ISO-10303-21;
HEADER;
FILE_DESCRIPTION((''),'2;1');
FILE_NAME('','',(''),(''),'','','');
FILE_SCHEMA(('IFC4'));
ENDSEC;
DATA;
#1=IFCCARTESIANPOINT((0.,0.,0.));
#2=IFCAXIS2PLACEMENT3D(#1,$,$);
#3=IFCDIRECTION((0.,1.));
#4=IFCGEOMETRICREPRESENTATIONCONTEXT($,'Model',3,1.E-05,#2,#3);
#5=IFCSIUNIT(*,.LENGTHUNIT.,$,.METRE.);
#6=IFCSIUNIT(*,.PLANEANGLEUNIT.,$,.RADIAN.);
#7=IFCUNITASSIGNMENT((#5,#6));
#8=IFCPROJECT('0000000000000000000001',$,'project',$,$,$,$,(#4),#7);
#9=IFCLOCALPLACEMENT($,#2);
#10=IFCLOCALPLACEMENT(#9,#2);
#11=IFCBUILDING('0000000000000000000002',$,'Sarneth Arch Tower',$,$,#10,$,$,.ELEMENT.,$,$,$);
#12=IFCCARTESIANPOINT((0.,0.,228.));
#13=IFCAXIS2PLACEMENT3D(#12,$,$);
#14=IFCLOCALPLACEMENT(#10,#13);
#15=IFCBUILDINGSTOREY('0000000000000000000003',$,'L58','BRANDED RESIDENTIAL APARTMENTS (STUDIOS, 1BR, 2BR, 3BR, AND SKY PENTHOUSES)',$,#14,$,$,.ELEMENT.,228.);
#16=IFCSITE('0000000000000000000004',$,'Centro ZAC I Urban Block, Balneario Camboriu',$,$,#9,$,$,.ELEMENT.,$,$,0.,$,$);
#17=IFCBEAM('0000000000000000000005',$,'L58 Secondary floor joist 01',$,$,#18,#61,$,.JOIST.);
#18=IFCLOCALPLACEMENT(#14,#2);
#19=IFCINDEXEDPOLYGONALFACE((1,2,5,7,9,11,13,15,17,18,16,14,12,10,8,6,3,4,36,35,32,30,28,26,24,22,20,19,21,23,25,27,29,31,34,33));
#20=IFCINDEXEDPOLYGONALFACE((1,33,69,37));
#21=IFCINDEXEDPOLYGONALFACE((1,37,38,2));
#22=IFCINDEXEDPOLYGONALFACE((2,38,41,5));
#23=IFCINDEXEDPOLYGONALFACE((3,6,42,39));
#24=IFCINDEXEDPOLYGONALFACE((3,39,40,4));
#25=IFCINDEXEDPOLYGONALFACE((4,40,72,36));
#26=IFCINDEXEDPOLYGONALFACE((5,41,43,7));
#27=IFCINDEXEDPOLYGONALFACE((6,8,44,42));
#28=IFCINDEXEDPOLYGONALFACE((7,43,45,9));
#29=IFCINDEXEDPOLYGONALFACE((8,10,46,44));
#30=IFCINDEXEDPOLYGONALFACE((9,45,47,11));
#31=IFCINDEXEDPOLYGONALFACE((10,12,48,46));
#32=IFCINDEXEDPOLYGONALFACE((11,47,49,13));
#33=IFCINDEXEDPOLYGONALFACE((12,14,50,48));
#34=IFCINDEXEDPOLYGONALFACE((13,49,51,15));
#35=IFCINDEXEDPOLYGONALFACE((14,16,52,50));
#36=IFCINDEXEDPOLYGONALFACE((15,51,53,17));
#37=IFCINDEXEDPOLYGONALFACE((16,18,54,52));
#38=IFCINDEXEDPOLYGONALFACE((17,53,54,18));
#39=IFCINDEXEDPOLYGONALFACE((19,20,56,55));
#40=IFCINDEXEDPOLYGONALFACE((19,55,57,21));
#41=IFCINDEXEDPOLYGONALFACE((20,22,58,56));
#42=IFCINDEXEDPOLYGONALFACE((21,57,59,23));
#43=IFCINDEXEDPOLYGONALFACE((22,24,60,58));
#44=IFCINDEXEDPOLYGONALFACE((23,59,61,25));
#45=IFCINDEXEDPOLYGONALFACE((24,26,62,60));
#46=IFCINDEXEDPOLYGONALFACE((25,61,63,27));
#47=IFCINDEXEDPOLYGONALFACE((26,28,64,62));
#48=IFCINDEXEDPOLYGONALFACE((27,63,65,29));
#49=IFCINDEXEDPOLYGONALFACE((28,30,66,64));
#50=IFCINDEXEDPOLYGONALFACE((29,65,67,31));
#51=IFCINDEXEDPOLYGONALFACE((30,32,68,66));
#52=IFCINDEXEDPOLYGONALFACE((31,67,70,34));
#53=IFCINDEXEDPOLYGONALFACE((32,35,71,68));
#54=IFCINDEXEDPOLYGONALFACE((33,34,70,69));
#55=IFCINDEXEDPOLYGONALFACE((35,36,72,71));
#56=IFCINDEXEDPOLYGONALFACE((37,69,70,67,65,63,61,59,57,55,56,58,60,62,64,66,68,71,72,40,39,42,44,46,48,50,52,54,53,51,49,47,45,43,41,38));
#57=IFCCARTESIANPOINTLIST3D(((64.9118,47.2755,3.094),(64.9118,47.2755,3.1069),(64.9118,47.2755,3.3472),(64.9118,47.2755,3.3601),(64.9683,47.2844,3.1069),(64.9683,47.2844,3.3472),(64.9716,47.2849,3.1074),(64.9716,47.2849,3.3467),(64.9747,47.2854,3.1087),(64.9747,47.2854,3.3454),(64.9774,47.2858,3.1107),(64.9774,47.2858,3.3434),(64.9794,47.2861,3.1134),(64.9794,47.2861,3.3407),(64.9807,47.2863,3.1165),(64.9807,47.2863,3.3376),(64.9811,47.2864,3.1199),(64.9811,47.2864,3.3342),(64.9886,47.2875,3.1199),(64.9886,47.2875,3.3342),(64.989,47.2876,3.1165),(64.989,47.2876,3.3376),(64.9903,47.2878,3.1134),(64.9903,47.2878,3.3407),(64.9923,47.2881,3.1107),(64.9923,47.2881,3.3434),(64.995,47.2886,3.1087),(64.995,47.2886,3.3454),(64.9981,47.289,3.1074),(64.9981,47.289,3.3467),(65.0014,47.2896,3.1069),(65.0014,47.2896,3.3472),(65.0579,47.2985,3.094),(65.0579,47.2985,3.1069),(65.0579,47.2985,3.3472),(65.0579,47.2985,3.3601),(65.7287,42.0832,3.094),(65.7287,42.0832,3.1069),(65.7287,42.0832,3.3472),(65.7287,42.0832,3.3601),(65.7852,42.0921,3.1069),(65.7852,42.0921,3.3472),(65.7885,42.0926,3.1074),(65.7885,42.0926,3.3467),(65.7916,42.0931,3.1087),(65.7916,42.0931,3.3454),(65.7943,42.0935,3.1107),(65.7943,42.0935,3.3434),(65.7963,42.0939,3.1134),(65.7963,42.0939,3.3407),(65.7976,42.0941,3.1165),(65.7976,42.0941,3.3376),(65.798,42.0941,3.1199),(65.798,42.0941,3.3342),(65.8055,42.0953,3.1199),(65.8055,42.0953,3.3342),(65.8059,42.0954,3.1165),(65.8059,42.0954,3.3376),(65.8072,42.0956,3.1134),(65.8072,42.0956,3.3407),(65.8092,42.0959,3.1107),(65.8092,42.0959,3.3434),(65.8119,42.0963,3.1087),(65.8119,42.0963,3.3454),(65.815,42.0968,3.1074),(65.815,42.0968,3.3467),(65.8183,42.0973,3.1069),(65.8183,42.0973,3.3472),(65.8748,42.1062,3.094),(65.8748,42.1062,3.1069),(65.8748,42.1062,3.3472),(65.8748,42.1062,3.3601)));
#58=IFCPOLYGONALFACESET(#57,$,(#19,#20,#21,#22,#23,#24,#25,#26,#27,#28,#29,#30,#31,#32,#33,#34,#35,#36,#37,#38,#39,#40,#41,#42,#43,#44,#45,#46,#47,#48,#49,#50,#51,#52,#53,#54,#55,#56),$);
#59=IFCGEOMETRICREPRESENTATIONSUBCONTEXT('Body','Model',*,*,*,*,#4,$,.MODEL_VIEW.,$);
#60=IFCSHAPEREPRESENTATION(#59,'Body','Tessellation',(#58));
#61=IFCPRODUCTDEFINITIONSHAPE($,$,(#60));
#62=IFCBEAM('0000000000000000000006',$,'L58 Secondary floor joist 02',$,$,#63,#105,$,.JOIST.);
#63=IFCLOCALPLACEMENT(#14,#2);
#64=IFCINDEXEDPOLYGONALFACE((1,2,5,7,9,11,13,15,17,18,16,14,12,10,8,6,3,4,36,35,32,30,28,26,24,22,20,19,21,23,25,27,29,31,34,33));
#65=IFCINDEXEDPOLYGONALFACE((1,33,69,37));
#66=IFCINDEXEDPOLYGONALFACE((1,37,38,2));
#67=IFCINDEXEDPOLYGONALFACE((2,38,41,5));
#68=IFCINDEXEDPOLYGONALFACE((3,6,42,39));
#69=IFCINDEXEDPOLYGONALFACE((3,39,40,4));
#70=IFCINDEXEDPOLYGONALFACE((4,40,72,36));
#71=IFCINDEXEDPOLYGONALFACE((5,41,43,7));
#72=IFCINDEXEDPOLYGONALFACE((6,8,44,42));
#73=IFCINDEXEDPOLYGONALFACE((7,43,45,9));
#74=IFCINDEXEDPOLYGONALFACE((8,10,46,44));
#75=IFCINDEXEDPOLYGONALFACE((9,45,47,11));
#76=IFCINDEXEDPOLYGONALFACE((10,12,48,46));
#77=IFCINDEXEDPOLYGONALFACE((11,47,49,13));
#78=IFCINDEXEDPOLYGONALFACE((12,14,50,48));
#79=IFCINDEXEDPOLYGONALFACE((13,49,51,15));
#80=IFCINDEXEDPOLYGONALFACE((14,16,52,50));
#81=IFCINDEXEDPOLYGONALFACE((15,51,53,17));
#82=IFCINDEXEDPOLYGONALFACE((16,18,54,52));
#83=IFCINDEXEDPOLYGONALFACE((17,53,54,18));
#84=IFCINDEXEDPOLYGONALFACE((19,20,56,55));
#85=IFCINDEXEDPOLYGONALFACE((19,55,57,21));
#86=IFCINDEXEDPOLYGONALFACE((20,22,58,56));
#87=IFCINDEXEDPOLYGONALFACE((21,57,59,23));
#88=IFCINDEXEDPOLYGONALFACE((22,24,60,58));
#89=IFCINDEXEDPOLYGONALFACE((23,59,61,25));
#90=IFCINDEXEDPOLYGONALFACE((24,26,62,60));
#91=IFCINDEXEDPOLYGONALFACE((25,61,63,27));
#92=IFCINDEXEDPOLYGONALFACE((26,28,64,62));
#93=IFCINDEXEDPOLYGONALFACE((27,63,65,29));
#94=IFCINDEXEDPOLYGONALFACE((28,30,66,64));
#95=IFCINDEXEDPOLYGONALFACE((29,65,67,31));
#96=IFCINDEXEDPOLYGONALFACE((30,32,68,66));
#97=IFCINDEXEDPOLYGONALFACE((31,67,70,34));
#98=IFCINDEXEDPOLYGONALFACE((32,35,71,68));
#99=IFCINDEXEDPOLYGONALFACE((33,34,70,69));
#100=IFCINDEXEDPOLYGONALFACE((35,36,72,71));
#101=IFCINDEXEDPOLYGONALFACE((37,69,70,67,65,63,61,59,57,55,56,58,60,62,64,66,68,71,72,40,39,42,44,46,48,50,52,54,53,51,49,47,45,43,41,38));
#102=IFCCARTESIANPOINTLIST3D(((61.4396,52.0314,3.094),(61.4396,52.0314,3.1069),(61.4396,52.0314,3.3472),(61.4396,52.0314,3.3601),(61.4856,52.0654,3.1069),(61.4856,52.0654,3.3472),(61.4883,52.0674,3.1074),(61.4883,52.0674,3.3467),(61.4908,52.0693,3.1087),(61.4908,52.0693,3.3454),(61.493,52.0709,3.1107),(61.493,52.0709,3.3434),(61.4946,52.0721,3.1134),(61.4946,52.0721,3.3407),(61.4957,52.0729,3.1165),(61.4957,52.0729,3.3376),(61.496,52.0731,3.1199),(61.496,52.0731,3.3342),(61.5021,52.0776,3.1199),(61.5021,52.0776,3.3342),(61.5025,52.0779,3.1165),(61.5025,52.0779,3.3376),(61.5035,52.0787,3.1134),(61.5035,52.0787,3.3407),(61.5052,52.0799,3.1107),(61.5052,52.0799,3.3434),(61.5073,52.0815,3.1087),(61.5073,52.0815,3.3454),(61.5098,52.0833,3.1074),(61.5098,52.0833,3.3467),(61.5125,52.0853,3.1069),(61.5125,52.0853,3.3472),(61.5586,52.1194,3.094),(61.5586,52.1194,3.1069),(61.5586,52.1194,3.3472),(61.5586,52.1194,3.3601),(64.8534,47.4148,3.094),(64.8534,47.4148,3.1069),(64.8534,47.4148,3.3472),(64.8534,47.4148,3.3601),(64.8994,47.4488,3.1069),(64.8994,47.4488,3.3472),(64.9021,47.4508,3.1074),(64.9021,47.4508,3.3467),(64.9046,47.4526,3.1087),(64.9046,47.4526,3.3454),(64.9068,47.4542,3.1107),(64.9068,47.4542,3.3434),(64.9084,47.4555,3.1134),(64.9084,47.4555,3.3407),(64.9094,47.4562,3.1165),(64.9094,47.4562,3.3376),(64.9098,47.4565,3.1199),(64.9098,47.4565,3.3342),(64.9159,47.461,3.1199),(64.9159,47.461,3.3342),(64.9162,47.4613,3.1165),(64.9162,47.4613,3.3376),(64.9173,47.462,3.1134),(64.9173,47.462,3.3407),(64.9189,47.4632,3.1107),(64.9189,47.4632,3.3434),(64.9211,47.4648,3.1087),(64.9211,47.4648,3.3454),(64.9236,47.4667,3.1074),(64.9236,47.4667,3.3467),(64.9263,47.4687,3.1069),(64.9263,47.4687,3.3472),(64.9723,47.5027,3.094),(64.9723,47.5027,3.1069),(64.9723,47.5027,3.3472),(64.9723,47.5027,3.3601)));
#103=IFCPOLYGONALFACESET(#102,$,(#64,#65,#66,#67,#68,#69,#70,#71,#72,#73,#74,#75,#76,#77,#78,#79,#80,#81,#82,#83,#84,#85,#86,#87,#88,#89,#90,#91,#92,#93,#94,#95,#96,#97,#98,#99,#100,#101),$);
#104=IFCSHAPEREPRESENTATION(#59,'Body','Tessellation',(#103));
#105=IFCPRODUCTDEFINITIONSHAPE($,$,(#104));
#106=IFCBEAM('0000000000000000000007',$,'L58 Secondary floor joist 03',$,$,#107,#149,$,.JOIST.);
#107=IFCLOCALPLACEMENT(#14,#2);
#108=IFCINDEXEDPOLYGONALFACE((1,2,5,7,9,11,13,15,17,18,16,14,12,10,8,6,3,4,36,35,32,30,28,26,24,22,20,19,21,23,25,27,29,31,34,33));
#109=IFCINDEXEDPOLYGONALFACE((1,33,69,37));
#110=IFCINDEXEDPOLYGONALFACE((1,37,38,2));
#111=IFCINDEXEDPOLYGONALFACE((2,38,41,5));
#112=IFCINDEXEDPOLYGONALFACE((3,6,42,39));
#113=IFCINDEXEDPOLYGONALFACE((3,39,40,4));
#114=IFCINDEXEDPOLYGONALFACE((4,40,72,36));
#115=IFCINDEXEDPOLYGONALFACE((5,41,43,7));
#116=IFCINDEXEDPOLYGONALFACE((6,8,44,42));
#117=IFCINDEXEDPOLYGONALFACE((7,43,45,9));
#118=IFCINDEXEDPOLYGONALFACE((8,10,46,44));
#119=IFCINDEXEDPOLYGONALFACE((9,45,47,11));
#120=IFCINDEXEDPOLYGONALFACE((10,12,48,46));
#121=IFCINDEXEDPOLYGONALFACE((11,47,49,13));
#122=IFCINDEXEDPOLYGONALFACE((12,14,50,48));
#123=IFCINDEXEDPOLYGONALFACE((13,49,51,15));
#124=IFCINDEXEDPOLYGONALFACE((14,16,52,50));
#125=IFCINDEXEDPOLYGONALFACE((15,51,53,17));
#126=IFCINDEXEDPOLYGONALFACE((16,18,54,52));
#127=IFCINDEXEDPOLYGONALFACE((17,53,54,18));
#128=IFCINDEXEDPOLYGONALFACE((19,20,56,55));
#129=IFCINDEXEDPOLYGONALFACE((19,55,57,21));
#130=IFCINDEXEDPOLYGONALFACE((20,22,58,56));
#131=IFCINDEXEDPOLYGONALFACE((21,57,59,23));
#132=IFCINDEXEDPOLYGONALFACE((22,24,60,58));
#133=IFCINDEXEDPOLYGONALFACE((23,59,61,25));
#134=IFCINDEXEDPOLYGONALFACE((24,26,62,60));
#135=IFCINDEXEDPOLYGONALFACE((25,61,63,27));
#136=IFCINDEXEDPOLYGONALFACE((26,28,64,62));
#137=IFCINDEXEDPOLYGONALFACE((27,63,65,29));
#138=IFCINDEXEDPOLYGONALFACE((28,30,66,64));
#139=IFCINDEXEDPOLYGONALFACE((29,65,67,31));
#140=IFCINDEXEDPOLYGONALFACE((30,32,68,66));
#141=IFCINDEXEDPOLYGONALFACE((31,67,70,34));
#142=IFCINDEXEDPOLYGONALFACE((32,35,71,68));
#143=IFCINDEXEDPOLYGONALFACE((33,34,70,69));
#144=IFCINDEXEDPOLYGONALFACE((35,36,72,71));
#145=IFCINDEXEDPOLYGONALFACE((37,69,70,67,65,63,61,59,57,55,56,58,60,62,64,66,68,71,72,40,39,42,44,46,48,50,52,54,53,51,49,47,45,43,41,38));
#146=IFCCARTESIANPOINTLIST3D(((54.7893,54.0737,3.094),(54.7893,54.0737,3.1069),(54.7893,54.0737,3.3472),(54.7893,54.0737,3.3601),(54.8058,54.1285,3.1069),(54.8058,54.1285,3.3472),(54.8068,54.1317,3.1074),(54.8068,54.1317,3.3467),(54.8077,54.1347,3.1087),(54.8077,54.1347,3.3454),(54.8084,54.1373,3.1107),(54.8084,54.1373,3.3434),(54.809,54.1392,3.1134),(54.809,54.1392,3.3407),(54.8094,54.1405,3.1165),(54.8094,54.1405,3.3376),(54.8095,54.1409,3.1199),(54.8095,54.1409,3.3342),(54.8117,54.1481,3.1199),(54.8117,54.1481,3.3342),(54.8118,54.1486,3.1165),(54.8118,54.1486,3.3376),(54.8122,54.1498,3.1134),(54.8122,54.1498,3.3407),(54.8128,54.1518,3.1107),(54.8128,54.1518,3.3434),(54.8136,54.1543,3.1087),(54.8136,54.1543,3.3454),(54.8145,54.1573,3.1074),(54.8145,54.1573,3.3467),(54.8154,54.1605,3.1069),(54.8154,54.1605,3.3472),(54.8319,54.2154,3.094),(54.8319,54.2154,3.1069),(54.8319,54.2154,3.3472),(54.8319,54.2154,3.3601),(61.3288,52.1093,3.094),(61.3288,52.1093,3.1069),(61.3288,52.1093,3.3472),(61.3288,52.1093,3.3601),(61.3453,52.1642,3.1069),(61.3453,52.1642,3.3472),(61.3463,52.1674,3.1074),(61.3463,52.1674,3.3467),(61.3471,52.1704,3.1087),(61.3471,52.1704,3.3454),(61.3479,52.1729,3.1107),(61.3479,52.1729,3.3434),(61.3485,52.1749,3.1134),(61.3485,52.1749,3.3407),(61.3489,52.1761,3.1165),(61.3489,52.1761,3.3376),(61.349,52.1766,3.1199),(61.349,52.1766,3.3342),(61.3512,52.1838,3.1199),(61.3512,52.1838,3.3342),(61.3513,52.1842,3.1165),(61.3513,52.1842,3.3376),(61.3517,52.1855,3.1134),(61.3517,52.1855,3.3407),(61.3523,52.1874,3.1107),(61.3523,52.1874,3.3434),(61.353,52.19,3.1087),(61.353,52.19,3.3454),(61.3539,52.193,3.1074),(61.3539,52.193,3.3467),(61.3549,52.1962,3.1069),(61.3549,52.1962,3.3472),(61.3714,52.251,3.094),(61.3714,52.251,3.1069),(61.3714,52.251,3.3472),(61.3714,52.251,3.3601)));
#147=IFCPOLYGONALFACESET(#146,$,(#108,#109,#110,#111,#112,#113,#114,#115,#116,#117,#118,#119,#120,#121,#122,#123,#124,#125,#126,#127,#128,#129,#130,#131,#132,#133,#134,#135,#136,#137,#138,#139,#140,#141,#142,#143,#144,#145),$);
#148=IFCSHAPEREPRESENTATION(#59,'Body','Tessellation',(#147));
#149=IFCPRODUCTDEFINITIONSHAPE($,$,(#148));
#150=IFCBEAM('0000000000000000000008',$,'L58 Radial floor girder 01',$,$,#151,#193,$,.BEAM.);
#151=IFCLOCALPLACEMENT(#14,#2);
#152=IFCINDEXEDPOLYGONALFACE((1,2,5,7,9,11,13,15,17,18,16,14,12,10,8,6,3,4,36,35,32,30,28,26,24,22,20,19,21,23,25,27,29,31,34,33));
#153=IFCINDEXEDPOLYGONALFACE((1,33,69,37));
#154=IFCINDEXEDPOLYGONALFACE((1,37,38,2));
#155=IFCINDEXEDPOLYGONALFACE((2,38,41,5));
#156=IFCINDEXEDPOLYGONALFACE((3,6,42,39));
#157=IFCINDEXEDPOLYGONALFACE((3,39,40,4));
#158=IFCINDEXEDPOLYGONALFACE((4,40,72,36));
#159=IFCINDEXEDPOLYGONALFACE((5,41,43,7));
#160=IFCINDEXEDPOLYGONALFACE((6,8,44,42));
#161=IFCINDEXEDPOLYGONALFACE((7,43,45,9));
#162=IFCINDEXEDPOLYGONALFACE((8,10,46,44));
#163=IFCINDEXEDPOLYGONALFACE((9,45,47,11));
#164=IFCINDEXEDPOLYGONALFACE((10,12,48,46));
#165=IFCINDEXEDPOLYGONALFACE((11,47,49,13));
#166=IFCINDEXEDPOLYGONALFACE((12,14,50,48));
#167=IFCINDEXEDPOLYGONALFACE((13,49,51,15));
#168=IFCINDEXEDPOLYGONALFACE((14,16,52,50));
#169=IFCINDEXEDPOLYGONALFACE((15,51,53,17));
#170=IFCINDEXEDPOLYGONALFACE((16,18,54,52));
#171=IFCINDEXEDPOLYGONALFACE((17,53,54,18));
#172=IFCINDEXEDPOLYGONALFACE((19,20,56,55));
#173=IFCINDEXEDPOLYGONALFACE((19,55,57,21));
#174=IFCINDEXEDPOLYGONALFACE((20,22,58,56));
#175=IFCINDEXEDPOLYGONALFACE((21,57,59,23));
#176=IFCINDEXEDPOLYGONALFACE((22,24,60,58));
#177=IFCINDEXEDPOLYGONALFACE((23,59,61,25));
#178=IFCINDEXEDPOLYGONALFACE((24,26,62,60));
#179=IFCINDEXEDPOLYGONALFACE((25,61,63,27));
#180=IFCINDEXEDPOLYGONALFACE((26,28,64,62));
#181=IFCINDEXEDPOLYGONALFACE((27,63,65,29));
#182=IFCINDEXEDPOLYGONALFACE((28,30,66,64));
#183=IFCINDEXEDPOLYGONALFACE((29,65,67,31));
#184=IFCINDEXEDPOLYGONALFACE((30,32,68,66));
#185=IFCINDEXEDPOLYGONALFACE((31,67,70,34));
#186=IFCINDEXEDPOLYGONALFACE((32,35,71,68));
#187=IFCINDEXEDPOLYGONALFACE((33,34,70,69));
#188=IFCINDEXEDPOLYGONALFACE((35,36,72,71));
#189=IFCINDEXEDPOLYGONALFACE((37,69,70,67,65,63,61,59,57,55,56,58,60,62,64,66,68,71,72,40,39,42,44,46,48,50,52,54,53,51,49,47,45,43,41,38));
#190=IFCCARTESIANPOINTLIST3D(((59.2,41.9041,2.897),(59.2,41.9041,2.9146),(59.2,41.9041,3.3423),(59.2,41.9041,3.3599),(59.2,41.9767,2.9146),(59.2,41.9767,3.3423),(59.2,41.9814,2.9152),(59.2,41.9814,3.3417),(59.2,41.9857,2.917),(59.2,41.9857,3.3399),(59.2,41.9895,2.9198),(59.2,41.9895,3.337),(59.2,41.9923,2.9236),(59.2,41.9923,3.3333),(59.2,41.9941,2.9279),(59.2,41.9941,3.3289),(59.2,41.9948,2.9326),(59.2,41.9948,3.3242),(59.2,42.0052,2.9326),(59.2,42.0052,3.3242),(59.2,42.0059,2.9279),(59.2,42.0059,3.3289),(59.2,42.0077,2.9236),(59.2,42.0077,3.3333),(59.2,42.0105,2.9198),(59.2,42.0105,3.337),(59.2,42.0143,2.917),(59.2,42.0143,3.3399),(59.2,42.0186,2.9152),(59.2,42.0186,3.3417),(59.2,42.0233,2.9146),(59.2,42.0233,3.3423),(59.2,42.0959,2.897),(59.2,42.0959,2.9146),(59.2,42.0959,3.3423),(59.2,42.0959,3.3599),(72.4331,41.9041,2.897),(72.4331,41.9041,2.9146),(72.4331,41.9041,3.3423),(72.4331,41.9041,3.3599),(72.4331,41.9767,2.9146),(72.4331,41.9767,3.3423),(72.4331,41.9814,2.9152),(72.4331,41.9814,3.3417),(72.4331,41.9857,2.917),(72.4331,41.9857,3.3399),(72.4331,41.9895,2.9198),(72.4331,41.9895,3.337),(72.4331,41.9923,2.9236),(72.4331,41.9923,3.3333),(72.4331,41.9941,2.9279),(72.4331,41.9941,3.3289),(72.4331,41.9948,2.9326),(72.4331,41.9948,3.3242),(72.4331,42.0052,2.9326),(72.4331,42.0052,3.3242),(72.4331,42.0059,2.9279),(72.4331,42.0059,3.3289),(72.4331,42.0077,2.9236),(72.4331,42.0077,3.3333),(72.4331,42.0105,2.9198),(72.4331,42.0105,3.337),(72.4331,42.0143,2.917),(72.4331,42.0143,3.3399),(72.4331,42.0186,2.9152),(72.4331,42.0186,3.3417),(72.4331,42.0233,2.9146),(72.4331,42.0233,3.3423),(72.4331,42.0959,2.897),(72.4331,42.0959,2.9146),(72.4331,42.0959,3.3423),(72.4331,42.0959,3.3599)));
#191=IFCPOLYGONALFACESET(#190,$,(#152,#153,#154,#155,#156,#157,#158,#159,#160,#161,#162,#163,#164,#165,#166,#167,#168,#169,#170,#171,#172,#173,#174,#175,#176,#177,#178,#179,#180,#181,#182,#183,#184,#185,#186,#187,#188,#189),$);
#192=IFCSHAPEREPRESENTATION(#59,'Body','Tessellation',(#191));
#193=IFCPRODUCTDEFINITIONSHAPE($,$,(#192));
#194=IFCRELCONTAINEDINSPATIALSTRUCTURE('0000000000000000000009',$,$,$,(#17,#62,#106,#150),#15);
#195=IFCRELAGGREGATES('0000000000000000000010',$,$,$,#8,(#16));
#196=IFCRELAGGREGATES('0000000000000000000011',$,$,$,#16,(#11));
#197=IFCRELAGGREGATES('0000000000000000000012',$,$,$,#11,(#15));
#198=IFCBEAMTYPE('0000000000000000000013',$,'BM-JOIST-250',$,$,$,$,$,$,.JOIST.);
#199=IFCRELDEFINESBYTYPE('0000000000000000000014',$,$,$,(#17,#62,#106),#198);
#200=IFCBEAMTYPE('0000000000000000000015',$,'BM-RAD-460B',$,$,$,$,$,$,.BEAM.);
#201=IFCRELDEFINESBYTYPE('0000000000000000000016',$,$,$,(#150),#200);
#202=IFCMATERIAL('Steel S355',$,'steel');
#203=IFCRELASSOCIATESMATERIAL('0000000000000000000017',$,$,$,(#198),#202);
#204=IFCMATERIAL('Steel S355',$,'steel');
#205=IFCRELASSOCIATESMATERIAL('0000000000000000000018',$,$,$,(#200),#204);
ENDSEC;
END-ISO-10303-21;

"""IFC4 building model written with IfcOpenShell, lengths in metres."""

from ifc_helpers import new_model, si_unit, direction, frame, origin, origin_2d, place, context, subcontext, project, spatial, i_section, extrude, material, material_profile, profile_set, type_object, element, save


model = new_model("IFC4")

# Units and contexts
model_context = context("Model", 3, precision=1e-05, world=origin(), true_north=direction((0.0, 1.0)))
body_context = subcontext(model_context, "Body", "Model", "MODEL_VIEW")
ifc_project = project(units=[si_unit("LENGTHUNIT", "METRE"), si_unit("PLANEANGLEUNIT", "RADIAN")], contexts=[model_context])

# Site, building, storey
site_placement = place(None, origin())
site = spatial("IfcSite", under=ifc_project, at=site_placement, Name="Centro ZAC I Urban Block, Balneario Camboriu", CompositionType="ELEMENT", RefElevation=0.0)
building_placement = place(site_placement, origin())
building = spatial("IfcBuilding", under=site, at=building_placement, Name="Sarneth Arch Tower", CompositionType="ELEMENT")
storey_placement = place(building_placement, frame((0.0, 0.0, 228.0)))
storey = spatial("IfcBuildingStorey", under=building, at=storey_placement, Name="L58", Description="BRANDED RESIDENTIAL APARTMENTS (STUDIOS, 1BR, 2BR, 3BR, AND SKY PENTHOUSES)", CompositionType="ELEMENT", Elevation=228.0)

# Beams
ifc_material_1 = material(Name="Steel S355", Category="steel")
ifc_material_profile_1 = material_profile(ifc_material_1, i_section(OverallWidth=0.1479, OverallDepth=0.2661, WebThickness=0.0076, FlangeThickness=0.0129, FilletRadius=0.0129, at=origin_2d()), Name="W250x44.8")
ifc_profile_set_1 = profile_set([ifc_material_profile_1], Name="Steel S355")
beam_type_1 = type_object("IfcBeamType", Name="BM-JOIST-250", PredefinedType="JOIST", material=ifc_profile_set_1)
beam_1_placement = place(storey_placement, frame((65.8018, 42.0947, 3.2271), z_axis=(-0.155421, 0.987848, 0.0), x_axis=(-0.987848, -0.155421, 0.0)))
element("IfcBeam", 1, at=beam_1_placement, inside=storey, type_object=beam_type_1, Name="L58 Secondary floor joist 01", PredefinedType="JOIST", context=body_context, shape_type="SweptSolid", body=[
    extrude(i_section(OverallWidth=0.1479, OverallDepth=0.2661, WebThickness=0.0076, FlangeThickness=0.0129, FilletRadius=0.0129, at=origin_2d()), origin(), (0.0, 0.0, 1.0), 5.2561),
])
beam_2_placement = place(storey_placement, frame((64.9128, 47.4587, 3.2271), z_axis=(-0.594557, 0.804053, 0.0), x_axis=(-0.804053, -0.594557, 0.0)))
element("IfcBeam", 2, at=beam_2_placement, inside=storey, type_object=beam_type_1, Name="L58 Secondary floor joist 02", PredefinedType="JOIST", context=body_context, shape_type="SweptSolid", body=[
    extrude(i_section(OverallWidth=0.1479, OverallDepth=0.2661, WebThickness=0.0076, FlangeThickness=0.0129, FilletRadius=0.0129, at=origin_2d()), origin(), (0.0, 0.0, 1.0), 5.7417),
])
beam_3_placement = place(storey_placement, frame((61.3501, 52.1802, 3.2271), z_axis=(-0.957726, 0.287682, 0.0), x_axis=(-0.287682, -0.957726, 0.0)))
element("IfcBeam", 3, at=beam_3_placement, inside=storey, type_object=beam_type_1, Name="L58 Secondary floor joist 03", PredefinedType="JOIST", context=body_context, shape_type="SweptSolid", body=[
    extrude(i_section(OverallWidth=0.1479, OverallDepth=0.2661, WebThickness=0.0076, FlangeThickness=0.0129, FilletRadius=0.0129, at=origin_2d()), origin(), (0.0, 0.0, 1.0), 6.8281),
])
ifc_material_2 = material(Name="Steel S355", Category="steel")
ifc_material_profile_2 = material_profile(ifc_material_2, i_section(OverallWidth=0.1919, OverallDepth=0.4629, WebThickness=0.0105, FlangeThickness=0.0176, FilletRadius=0.0181, at=origin_2d()), Name="W460x89")
ifc_profile_set_2 = profile_set([ifc_material_profile_2], Name="Steel S355")
beam_type_2 = type_object("IfcBeamType", Name="BM-RAD-460B", PredefinedType="BEAM", material=ifc_profile_set_2)
beam_4_placement = place(storey_placement, frame((59.2, 42.0, 3.1284), z_axis=(1.0, 0.0, 0.0), x_axis=(0.0, 1.0, 0.0)))
element("IfcBeam", 4, at=beam_4_placement, inside=storey, type_object=beam_type_2, Name="L58 Radial floor girder 01", PredefinedType="BEAM", context=body_context, shape_type="SweptSolid", body=[
    extrude(i_section(OverallWidth=0.1919, OverallDepth=0.4629, WebThickness=0.0105, FlangeThickness=0.0176, FilletRadius=0.0181, at=origin_2d()), origin(), (0.0, 0.0, 1.0), 13.2332),
])

save(model, "model.ifc")
